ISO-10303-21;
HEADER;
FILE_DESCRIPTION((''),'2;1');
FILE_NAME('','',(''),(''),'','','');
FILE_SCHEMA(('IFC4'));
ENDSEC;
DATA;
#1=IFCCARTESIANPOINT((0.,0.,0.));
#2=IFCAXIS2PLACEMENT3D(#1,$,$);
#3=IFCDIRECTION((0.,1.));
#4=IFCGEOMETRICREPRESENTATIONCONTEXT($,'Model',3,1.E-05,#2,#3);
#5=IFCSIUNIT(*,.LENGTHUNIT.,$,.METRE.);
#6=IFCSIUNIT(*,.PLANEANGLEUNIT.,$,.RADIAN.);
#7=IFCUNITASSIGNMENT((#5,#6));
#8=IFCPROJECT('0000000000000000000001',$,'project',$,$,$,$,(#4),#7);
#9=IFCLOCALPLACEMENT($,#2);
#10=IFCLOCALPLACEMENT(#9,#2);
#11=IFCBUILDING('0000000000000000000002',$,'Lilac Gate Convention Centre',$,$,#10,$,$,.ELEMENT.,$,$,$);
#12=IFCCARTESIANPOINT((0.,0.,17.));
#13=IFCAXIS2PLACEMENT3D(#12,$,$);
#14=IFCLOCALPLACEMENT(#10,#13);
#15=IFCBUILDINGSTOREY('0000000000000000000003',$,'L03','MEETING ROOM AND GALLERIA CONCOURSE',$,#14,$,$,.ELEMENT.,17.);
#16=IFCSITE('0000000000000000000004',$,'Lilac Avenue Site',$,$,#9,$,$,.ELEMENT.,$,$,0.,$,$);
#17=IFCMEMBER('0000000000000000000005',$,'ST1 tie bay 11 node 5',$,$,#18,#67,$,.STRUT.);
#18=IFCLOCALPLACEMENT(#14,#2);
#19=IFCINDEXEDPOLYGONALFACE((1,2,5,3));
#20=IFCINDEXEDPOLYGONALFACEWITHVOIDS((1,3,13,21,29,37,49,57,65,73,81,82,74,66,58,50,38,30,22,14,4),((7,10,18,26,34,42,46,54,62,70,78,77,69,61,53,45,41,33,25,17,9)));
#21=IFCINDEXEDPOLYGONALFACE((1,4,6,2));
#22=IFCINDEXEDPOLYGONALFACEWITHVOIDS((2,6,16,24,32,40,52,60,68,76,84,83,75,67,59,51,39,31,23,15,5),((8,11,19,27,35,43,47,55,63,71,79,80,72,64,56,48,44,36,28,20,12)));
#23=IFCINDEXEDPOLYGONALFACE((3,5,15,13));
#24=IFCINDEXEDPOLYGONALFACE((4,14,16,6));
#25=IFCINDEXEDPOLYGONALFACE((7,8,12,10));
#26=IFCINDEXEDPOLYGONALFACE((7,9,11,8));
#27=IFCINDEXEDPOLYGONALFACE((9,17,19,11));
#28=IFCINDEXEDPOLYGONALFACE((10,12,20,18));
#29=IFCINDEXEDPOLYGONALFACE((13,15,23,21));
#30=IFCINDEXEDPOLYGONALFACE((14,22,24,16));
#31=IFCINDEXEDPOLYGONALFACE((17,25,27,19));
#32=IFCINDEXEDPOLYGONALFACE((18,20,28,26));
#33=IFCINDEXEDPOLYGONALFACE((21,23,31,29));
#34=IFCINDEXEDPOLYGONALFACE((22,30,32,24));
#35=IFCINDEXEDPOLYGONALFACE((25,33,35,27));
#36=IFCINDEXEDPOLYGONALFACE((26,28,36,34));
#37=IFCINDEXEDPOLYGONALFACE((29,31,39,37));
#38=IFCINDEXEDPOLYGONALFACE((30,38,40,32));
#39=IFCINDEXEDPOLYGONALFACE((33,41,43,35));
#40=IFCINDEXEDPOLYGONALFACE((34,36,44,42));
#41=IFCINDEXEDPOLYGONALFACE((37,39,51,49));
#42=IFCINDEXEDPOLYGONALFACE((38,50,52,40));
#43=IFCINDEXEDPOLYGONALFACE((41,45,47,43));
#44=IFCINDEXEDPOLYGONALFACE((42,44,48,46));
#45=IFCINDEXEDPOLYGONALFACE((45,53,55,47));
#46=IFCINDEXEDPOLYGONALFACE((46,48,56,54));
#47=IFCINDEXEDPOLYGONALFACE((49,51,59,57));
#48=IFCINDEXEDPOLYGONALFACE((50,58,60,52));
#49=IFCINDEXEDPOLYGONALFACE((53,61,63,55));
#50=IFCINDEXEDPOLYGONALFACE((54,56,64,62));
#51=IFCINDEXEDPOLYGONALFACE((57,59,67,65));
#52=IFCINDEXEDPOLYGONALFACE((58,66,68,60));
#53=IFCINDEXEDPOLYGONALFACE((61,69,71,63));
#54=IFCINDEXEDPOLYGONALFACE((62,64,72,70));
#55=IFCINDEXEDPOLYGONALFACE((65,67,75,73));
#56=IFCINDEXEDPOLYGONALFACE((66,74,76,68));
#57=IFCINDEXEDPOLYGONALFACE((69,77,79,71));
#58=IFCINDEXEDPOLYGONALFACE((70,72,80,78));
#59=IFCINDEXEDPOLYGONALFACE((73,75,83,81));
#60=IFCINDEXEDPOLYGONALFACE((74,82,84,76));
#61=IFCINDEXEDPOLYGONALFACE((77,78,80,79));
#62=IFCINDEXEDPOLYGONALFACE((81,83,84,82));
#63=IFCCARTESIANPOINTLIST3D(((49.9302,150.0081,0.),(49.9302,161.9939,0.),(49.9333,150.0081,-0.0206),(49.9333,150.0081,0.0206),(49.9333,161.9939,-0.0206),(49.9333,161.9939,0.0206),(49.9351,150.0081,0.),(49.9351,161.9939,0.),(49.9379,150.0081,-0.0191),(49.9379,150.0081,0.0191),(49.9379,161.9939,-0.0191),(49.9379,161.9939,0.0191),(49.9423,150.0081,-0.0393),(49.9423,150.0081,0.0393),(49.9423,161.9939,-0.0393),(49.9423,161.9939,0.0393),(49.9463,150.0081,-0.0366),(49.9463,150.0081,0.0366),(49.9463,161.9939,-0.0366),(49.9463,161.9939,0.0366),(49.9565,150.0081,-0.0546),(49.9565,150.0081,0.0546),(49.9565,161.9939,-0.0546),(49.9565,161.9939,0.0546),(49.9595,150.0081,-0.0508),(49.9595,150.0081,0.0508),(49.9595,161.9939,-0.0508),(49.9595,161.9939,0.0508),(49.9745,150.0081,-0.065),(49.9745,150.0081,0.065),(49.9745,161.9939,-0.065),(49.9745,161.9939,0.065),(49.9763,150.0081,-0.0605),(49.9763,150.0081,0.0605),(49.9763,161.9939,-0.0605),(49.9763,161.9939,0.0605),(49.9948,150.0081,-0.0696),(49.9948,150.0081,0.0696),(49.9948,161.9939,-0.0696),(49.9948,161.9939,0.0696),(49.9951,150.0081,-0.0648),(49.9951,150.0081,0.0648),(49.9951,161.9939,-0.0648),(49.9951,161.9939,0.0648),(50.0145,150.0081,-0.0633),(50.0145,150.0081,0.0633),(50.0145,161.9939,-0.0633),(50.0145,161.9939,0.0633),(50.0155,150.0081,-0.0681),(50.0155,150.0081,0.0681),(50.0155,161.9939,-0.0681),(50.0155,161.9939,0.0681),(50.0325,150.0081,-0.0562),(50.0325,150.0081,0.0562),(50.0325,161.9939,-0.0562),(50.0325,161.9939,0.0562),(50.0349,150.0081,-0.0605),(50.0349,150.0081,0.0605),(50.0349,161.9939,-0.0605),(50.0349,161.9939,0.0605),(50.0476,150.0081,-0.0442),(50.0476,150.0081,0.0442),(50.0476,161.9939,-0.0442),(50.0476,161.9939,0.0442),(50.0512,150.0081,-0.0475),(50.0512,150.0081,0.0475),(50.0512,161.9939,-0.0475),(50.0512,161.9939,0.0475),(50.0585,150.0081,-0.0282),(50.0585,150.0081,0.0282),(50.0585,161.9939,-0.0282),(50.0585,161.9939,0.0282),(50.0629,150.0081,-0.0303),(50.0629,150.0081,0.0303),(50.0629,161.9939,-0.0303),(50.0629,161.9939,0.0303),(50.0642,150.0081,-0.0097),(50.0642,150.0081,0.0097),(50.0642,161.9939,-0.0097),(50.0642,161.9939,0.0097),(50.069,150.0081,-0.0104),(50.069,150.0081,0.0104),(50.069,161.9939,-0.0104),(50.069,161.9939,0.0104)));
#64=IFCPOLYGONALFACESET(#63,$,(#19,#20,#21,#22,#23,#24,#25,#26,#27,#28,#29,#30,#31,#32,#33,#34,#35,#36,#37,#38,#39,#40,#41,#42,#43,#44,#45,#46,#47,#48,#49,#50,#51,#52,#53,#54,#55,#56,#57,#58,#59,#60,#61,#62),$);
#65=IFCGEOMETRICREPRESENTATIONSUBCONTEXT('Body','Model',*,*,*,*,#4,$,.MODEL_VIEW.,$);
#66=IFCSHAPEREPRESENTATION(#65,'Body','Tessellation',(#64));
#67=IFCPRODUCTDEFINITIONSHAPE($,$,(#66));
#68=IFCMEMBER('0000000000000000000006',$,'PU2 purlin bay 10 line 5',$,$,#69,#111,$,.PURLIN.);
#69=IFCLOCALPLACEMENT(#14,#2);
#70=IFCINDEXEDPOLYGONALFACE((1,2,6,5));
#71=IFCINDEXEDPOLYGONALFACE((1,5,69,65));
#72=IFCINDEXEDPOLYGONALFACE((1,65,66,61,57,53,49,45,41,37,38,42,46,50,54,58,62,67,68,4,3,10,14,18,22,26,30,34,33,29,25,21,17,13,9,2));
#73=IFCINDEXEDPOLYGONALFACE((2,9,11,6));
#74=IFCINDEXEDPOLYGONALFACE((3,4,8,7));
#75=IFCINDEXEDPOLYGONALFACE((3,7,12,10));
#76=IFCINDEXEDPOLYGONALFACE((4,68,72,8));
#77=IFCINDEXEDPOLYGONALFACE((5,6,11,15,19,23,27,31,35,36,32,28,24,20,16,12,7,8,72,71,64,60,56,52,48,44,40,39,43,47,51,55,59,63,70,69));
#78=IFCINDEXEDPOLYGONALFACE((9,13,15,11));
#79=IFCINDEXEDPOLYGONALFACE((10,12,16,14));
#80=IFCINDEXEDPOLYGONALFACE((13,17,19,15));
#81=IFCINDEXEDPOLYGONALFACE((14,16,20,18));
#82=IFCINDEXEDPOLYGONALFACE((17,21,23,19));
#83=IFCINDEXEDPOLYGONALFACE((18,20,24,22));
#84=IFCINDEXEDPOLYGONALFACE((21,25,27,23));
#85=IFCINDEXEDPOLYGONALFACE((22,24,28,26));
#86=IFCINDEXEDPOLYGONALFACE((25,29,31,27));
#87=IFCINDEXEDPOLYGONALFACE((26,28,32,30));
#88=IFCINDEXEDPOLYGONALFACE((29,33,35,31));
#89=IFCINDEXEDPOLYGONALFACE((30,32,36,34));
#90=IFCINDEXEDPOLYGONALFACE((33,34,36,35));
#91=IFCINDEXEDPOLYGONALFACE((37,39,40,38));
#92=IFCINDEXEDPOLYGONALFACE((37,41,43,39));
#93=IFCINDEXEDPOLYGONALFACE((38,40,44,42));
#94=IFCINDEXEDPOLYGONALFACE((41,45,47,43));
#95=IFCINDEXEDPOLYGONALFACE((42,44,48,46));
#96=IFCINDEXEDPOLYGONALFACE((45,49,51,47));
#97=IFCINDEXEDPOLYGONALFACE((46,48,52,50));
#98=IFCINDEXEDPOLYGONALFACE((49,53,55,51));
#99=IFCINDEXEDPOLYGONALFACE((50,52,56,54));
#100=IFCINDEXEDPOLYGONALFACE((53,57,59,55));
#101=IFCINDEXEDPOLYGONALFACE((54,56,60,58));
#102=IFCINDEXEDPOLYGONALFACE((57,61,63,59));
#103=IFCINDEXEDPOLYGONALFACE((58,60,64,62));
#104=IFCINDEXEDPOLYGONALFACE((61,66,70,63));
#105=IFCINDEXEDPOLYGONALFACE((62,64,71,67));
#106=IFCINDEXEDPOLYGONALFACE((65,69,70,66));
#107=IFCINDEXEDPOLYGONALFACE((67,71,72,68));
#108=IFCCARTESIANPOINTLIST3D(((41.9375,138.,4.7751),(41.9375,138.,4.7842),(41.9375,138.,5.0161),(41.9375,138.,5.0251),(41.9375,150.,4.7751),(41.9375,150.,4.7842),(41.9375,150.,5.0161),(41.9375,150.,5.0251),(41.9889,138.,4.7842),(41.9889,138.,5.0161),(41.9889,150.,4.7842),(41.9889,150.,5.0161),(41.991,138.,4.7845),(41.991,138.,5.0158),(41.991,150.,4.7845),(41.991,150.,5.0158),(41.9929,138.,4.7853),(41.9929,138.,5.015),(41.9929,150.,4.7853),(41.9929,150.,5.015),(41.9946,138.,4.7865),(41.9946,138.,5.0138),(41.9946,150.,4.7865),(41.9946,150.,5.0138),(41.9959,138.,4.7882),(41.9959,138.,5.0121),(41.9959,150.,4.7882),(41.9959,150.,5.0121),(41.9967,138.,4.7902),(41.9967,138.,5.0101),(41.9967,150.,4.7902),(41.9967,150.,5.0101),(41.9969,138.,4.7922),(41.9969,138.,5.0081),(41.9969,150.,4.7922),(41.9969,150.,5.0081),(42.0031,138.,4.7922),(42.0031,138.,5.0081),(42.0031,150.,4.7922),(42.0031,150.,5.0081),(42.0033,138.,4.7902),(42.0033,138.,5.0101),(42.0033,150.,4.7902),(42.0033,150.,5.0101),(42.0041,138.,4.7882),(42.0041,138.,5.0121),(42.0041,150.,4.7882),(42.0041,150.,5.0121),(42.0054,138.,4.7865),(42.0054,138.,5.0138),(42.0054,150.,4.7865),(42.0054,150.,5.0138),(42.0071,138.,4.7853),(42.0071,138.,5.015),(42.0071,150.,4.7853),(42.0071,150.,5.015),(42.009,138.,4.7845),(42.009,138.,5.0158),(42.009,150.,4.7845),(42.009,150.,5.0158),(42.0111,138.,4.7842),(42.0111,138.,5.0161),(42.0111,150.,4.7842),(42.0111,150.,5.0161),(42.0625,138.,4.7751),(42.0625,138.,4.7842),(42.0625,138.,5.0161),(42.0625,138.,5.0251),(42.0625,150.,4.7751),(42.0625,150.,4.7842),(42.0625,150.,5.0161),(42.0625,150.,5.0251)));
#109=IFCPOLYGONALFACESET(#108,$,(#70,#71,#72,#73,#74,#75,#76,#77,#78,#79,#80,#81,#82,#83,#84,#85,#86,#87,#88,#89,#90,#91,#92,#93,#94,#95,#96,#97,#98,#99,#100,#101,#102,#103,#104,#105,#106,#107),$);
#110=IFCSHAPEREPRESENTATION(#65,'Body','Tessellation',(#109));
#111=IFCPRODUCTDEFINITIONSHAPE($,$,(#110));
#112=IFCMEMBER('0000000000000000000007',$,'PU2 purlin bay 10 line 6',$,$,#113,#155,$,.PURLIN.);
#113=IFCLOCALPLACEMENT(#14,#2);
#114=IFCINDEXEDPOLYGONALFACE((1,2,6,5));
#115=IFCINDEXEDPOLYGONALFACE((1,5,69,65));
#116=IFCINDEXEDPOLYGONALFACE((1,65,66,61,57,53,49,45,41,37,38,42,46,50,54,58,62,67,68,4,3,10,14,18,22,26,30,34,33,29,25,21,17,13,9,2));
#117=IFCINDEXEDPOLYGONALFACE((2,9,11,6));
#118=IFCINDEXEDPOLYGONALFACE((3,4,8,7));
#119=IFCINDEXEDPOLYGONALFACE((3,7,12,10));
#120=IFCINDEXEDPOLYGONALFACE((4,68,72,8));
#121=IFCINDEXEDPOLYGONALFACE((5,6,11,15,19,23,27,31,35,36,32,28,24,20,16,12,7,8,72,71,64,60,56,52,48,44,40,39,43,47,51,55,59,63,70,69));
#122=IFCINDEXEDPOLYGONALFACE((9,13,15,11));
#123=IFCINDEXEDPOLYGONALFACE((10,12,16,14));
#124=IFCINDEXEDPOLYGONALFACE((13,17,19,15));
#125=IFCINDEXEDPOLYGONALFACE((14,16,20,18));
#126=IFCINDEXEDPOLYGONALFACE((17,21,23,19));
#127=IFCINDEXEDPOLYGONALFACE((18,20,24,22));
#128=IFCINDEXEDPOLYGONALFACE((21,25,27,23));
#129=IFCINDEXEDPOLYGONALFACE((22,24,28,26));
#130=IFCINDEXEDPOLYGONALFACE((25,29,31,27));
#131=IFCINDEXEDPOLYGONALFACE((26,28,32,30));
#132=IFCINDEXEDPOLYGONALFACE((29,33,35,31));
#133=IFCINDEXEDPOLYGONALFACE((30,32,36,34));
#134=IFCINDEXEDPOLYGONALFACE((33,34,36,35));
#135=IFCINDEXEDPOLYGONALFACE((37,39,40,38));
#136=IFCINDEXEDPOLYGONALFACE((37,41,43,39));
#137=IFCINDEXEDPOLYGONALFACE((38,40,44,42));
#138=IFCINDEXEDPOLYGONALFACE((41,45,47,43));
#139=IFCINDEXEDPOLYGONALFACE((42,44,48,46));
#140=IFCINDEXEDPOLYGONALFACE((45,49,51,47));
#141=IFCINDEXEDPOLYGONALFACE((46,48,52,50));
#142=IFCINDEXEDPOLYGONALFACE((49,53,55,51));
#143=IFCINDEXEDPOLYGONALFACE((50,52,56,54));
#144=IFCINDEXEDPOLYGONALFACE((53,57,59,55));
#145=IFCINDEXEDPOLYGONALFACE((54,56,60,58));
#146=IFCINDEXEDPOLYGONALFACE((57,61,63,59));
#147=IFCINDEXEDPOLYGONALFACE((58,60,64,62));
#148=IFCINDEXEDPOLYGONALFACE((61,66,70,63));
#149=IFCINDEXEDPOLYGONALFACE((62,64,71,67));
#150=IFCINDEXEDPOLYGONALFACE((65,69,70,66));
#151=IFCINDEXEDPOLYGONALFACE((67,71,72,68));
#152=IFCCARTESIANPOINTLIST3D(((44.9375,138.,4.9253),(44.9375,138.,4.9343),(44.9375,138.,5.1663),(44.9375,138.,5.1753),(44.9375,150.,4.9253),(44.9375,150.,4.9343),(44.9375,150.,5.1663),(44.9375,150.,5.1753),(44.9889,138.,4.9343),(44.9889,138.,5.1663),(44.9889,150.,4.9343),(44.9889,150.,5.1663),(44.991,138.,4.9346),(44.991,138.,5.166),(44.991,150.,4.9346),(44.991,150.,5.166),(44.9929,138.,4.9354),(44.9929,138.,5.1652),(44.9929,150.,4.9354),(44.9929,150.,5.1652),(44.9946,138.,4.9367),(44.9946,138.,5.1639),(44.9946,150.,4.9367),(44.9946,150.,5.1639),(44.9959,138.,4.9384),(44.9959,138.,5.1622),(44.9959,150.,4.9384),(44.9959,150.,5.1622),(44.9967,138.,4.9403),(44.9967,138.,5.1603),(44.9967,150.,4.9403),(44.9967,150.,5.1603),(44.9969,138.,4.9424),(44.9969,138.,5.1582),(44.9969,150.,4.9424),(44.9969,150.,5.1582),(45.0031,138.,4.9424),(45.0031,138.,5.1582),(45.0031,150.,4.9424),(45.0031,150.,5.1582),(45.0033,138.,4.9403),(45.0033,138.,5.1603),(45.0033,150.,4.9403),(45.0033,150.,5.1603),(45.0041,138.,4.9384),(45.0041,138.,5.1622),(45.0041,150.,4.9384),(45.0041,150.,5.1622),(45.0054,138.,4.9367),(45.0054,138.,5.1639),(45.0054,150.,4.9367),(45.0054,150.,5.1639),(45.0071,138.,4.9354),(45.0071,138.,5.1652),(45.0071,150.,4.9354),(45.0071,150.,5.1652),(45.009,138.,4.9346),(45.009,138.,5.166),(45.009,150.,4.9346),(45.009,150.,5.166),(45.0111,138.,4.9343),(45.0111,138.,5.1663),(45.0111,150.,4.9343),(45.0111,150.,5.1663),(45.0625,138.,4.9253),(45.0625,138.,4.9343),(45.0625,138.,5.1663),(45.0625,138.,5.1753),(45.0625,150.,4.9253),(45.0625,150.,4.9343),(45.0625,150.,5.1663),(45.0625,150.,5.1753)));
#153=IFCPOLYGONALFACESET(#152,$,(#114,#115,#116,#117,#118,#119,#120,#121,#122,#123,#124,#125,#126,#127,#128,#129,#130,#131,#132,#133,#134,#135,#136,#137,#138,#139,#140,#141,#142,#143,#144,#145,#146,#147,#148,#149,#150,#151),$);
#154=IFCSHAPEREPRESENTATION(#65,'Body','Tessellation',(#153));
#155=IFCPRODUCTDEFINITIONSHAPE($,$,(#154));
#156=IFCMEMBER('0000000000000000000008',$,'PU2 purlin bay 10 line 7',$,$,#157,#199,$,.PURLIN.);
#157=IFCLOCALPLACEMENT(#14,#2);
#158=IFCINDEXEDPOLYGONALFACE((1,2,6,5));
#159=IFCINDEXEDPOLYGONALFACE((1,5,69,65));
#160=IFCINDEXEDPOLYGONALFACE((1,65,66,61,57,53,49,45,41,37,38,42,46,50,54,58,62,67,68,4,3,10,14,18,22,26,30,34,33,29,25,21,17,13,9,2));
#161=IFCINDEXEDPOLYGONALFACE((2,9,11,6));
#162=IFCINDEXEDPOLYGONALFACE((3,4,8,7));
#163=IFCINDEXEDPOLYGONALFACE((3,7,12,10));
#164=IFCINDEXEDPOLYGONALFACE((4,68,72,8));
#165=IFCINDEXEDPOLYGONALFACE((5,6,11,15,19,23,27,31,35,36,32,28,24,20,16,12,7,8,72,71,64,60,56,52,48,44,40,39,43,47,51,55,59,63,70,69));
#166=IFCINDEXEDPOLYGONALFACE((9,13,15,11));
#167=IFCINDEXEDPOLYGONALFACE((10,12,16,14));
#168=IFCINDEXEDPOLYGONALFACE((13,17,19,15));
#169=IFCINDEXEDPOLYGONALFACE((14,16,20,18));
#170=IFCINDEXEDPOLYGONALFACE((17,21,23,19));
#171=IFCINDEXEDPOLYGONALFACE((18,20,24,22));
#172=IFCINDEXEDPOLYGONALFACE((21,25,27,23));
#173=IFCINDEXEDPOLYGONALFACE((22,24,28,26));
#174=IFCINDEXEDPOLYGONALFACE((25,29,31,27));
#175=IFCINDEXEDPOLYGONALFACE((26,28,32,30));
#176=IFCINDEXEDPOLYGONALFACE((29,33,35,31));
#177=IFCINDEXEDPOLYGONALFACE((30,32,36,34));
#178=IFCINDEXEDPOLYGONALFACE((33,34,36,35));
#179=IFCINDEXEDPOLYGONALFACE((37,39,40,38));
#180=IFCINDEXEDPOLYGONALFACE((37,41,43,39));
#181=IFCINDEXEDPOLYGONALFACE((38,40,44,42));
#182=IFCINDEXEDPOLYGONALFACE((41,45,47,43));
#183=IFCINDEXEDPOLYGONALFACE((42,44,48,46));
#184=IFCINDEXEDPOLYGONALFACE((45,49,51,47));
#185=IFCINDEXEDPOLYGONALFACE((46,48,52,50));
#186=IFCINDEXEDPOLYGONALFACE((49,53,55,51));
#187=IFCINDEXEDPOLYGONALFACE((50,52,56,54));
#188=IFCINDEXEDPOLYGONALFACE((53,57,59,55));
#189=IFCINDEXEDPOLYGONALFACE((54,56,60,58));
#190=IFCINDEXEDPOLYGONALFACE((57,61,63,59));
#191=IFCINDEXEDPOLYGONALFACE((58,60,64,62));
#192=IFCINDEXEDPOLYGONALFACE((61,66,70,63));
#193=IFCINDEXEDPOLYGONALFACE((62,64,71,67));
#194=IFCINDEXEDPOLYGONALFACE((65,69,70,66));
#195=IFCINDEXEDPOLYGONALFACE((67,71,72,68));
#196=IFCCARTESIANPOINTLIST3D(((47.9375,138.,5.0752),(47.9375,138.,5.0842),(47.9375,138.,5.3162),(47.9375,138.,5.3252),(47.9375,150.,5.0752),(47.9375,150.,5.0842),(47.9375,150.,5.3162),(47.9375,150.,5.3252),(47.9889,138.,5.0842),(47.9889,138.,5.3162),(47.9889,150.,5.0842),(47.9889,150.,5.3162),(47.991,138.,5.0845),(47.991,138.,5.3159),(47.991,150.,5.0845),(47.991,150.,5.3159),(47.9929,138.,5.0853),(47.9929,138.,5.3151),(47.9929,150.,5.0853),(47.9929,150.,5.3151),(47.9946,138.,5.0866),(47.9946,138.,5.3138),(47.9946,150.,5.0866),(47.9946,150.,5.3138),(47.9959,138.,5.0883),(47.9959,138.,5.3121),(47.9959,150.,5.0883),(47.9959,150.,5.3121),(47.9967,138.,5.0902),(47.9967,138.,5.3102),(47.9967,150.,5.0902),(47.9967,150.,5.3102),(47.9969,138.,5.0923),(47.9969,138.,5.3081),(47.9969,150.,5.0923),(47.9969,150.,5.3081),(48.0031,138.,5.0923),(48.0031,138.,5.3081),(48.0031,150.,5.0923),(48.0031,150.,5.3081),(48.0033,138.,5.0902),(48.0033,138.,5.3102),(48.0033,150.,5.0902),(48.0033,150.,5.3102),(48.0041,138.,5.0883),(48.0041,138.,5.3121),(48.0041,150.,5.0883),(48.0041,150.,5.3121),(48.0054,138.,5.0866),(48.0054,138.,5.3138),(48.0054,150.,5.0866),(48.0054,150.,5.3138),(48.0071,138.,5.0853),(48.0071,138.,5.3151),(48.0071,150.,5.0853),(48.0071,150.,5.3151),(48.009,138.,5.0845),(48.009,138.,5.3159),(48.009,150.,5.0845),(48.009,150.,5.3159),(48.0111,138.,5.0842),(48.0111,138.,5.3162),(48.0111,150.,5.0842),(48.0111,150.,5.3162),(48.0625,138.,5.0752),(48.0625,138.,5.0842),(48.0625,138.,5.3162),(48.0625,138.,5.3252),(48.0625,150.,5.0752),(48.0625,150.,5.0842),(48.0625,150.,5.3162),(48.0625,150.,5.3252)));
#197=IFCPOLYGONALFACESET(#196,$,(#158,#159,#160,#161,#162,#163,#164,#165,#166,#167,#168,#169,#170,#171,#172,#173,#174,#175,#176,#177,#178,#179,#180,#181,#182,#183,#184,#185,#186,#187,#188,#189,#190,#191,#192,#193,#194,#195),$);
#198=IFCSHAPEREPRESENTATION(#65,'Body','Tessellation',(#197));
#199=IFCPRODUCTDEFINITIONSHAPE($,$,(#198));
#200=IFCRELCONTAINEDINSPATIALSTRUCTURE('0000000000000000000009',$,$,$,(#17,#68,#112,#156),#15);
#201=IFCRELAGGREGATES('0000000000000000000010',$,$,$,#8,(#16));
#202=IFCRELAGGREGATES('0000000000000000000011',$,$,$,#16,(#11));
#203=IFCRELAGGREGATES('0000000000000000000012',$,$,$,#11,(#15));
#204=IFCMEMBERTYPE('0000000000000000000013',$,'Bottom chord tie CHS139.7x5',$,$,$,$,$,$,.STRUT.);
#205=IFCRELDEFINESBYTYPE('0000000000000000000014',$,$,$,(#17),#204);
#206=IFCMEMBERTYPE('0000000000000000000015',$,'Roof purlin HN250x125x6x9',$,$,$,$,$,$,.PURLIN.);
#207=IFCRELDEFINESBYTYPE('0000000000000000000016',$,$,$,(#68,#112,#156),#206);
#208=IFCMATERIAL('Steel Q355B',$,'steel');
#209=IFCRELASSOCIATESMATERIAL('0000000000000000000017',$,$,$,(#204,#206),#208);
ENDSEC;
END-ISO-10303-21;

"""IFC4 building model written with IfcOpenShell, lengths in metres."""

from ifc_helpers import new_model, si_unit, direction, frame, origin, origin_2d, place, context, subcontext, project, spatial, hollow_circle, i_section, extrude, material, material_profile, profile_set, type_object, element, save


model = new_model("IFC4")

# Units and contexts
model_context = context("Model", 3, precision=1e-05, world=origin(), true_north=direction((0.0, 1.0)))
body_context = subcontext(model_context, "Body", "Model", "MODEL_VIEW")
ifc_project = project(units=[si_unit("LENGTHUNIT", "METRE"), si_unit("PLANEANGLEUNIT", "RADIAN")], contexts=[model_context])

# Site, building, storey
site_placement = place(None, origin())
site = spatial("IfcSite", under=ifc_project, at=site_placement, Name="Lilac Avenue Site", CompositionType="ELEMENT", RefElevation=0.0)
building_placement = place(site_placement, origin())
building = spatial("IfcBuilding", under=site, at=building_placement, Name="Lilac Gate Convention Centre", CompositionType="ELEMENT")
storey_placement = place(building_placement, frame((0.0, 0.0, 17.0)))
storey = spatial("IfcBuildingStorey", under=building, at=storey_placement, Name="L03", Description="MEETING ROOM AND GALLERIA CONCOURSE", CompositionType="ELEMENT", Elevation=17.0)

# Members
ifc_material = material(Name="Steel Q355B", Category="steel")
ifc_material_profile_1 = material_profile(ifc_material, hollow_circle(Radius=0.0698, WallThickness=0.0049, at=origin_2d()), Name="CHS139.7x5")
ifc_profile_set_1 = profile_set([ifc_material_profile_1], Name="Steel Q355B")
member_type_1 = type_object("IfcMemberType", Name="Bottom chord tie CHS139.7x5", PredefinedType="STRUT", material=ifc_profile_set_1)
for number, where, z_axis, x_axis, name in (
    (1, (50.0, 150.0081, 0.0), (0.0, 1.0, 0.0), (-1.0, 0.0, 0.0), "ST1 tie bay 11 node 5"),
):
    element("IfcMember", number, at=place(storey_placement, frame(where, z_axis=z_axis, x_axis=x_axis)), inside=storey, type_object=member_type_1, Name=name, PredefinedType="STRUT", context=body_context, shape_type="SweptSolid", body=[
        extrude(hollow_circle(Radius=0.0698, WallThickness=0.0049, at=origin_2d()), origin(), (0.0, 0.0, 1.0), 11.9858),
    ])
ifc_material_profile_2 = material_profile(ifc_material, i_section(OverallWidth=0.125, OverallDepth=0.25, WebThickness=0.0061, FlangeThickness=0.009, FilletRadius=0.0081, at=origin_2d()), Name="HN250x125x6x9")
ifc_profile_set_2 = profile_set([ifc_material_profile_2], Name="Steel Q355B")
member_type_2 = type_object("IfcMemberType", Name="Roof purlin HN250x125x6x9", PredefinedType="PURLIN", material=ifc_profile_set_2)
for number, where, z_axis, x_axis, name in (
    (2, (42.0, 138.0, 4.9001), (0.0, 1.0, 0.0), (-1.0, 0.0, 0.0), "PU2 purlin bay 10 line 5"),
    (3, (45.0, 138.0, 5.0503), (0.0, 1.0, 0.0), (-1.0, 0.0, 0.0), "PU2 purlin bay 10 line 6"),
    (4, (48.0, 138.0, 5.2002), (0.0, 1.0, 0.0), (-1.0, 0.0, 0.0), "PU2 purlin bay 10 line 7"),
):
    element("IfcMember", number, at=place(storey_placement, frame(where, z_axis=z_axis, x_axis=x_axis)), inside=storey, type_object=member_type_2, Name=name, PredefinedType="PURLIN", context=body_context, shape_type="SweptSolid", body=[
        extrude(i_section(OverallWidth=0.125, OverallDepth=0.25, WebThickness=0.0061, FlangeThickness=0.009, FilletRadius=0.0081, at=origin_2d()), origin(), (0.0, 0.0, 1.0), 12.0),
    ])

save(model, "model.ifc")
